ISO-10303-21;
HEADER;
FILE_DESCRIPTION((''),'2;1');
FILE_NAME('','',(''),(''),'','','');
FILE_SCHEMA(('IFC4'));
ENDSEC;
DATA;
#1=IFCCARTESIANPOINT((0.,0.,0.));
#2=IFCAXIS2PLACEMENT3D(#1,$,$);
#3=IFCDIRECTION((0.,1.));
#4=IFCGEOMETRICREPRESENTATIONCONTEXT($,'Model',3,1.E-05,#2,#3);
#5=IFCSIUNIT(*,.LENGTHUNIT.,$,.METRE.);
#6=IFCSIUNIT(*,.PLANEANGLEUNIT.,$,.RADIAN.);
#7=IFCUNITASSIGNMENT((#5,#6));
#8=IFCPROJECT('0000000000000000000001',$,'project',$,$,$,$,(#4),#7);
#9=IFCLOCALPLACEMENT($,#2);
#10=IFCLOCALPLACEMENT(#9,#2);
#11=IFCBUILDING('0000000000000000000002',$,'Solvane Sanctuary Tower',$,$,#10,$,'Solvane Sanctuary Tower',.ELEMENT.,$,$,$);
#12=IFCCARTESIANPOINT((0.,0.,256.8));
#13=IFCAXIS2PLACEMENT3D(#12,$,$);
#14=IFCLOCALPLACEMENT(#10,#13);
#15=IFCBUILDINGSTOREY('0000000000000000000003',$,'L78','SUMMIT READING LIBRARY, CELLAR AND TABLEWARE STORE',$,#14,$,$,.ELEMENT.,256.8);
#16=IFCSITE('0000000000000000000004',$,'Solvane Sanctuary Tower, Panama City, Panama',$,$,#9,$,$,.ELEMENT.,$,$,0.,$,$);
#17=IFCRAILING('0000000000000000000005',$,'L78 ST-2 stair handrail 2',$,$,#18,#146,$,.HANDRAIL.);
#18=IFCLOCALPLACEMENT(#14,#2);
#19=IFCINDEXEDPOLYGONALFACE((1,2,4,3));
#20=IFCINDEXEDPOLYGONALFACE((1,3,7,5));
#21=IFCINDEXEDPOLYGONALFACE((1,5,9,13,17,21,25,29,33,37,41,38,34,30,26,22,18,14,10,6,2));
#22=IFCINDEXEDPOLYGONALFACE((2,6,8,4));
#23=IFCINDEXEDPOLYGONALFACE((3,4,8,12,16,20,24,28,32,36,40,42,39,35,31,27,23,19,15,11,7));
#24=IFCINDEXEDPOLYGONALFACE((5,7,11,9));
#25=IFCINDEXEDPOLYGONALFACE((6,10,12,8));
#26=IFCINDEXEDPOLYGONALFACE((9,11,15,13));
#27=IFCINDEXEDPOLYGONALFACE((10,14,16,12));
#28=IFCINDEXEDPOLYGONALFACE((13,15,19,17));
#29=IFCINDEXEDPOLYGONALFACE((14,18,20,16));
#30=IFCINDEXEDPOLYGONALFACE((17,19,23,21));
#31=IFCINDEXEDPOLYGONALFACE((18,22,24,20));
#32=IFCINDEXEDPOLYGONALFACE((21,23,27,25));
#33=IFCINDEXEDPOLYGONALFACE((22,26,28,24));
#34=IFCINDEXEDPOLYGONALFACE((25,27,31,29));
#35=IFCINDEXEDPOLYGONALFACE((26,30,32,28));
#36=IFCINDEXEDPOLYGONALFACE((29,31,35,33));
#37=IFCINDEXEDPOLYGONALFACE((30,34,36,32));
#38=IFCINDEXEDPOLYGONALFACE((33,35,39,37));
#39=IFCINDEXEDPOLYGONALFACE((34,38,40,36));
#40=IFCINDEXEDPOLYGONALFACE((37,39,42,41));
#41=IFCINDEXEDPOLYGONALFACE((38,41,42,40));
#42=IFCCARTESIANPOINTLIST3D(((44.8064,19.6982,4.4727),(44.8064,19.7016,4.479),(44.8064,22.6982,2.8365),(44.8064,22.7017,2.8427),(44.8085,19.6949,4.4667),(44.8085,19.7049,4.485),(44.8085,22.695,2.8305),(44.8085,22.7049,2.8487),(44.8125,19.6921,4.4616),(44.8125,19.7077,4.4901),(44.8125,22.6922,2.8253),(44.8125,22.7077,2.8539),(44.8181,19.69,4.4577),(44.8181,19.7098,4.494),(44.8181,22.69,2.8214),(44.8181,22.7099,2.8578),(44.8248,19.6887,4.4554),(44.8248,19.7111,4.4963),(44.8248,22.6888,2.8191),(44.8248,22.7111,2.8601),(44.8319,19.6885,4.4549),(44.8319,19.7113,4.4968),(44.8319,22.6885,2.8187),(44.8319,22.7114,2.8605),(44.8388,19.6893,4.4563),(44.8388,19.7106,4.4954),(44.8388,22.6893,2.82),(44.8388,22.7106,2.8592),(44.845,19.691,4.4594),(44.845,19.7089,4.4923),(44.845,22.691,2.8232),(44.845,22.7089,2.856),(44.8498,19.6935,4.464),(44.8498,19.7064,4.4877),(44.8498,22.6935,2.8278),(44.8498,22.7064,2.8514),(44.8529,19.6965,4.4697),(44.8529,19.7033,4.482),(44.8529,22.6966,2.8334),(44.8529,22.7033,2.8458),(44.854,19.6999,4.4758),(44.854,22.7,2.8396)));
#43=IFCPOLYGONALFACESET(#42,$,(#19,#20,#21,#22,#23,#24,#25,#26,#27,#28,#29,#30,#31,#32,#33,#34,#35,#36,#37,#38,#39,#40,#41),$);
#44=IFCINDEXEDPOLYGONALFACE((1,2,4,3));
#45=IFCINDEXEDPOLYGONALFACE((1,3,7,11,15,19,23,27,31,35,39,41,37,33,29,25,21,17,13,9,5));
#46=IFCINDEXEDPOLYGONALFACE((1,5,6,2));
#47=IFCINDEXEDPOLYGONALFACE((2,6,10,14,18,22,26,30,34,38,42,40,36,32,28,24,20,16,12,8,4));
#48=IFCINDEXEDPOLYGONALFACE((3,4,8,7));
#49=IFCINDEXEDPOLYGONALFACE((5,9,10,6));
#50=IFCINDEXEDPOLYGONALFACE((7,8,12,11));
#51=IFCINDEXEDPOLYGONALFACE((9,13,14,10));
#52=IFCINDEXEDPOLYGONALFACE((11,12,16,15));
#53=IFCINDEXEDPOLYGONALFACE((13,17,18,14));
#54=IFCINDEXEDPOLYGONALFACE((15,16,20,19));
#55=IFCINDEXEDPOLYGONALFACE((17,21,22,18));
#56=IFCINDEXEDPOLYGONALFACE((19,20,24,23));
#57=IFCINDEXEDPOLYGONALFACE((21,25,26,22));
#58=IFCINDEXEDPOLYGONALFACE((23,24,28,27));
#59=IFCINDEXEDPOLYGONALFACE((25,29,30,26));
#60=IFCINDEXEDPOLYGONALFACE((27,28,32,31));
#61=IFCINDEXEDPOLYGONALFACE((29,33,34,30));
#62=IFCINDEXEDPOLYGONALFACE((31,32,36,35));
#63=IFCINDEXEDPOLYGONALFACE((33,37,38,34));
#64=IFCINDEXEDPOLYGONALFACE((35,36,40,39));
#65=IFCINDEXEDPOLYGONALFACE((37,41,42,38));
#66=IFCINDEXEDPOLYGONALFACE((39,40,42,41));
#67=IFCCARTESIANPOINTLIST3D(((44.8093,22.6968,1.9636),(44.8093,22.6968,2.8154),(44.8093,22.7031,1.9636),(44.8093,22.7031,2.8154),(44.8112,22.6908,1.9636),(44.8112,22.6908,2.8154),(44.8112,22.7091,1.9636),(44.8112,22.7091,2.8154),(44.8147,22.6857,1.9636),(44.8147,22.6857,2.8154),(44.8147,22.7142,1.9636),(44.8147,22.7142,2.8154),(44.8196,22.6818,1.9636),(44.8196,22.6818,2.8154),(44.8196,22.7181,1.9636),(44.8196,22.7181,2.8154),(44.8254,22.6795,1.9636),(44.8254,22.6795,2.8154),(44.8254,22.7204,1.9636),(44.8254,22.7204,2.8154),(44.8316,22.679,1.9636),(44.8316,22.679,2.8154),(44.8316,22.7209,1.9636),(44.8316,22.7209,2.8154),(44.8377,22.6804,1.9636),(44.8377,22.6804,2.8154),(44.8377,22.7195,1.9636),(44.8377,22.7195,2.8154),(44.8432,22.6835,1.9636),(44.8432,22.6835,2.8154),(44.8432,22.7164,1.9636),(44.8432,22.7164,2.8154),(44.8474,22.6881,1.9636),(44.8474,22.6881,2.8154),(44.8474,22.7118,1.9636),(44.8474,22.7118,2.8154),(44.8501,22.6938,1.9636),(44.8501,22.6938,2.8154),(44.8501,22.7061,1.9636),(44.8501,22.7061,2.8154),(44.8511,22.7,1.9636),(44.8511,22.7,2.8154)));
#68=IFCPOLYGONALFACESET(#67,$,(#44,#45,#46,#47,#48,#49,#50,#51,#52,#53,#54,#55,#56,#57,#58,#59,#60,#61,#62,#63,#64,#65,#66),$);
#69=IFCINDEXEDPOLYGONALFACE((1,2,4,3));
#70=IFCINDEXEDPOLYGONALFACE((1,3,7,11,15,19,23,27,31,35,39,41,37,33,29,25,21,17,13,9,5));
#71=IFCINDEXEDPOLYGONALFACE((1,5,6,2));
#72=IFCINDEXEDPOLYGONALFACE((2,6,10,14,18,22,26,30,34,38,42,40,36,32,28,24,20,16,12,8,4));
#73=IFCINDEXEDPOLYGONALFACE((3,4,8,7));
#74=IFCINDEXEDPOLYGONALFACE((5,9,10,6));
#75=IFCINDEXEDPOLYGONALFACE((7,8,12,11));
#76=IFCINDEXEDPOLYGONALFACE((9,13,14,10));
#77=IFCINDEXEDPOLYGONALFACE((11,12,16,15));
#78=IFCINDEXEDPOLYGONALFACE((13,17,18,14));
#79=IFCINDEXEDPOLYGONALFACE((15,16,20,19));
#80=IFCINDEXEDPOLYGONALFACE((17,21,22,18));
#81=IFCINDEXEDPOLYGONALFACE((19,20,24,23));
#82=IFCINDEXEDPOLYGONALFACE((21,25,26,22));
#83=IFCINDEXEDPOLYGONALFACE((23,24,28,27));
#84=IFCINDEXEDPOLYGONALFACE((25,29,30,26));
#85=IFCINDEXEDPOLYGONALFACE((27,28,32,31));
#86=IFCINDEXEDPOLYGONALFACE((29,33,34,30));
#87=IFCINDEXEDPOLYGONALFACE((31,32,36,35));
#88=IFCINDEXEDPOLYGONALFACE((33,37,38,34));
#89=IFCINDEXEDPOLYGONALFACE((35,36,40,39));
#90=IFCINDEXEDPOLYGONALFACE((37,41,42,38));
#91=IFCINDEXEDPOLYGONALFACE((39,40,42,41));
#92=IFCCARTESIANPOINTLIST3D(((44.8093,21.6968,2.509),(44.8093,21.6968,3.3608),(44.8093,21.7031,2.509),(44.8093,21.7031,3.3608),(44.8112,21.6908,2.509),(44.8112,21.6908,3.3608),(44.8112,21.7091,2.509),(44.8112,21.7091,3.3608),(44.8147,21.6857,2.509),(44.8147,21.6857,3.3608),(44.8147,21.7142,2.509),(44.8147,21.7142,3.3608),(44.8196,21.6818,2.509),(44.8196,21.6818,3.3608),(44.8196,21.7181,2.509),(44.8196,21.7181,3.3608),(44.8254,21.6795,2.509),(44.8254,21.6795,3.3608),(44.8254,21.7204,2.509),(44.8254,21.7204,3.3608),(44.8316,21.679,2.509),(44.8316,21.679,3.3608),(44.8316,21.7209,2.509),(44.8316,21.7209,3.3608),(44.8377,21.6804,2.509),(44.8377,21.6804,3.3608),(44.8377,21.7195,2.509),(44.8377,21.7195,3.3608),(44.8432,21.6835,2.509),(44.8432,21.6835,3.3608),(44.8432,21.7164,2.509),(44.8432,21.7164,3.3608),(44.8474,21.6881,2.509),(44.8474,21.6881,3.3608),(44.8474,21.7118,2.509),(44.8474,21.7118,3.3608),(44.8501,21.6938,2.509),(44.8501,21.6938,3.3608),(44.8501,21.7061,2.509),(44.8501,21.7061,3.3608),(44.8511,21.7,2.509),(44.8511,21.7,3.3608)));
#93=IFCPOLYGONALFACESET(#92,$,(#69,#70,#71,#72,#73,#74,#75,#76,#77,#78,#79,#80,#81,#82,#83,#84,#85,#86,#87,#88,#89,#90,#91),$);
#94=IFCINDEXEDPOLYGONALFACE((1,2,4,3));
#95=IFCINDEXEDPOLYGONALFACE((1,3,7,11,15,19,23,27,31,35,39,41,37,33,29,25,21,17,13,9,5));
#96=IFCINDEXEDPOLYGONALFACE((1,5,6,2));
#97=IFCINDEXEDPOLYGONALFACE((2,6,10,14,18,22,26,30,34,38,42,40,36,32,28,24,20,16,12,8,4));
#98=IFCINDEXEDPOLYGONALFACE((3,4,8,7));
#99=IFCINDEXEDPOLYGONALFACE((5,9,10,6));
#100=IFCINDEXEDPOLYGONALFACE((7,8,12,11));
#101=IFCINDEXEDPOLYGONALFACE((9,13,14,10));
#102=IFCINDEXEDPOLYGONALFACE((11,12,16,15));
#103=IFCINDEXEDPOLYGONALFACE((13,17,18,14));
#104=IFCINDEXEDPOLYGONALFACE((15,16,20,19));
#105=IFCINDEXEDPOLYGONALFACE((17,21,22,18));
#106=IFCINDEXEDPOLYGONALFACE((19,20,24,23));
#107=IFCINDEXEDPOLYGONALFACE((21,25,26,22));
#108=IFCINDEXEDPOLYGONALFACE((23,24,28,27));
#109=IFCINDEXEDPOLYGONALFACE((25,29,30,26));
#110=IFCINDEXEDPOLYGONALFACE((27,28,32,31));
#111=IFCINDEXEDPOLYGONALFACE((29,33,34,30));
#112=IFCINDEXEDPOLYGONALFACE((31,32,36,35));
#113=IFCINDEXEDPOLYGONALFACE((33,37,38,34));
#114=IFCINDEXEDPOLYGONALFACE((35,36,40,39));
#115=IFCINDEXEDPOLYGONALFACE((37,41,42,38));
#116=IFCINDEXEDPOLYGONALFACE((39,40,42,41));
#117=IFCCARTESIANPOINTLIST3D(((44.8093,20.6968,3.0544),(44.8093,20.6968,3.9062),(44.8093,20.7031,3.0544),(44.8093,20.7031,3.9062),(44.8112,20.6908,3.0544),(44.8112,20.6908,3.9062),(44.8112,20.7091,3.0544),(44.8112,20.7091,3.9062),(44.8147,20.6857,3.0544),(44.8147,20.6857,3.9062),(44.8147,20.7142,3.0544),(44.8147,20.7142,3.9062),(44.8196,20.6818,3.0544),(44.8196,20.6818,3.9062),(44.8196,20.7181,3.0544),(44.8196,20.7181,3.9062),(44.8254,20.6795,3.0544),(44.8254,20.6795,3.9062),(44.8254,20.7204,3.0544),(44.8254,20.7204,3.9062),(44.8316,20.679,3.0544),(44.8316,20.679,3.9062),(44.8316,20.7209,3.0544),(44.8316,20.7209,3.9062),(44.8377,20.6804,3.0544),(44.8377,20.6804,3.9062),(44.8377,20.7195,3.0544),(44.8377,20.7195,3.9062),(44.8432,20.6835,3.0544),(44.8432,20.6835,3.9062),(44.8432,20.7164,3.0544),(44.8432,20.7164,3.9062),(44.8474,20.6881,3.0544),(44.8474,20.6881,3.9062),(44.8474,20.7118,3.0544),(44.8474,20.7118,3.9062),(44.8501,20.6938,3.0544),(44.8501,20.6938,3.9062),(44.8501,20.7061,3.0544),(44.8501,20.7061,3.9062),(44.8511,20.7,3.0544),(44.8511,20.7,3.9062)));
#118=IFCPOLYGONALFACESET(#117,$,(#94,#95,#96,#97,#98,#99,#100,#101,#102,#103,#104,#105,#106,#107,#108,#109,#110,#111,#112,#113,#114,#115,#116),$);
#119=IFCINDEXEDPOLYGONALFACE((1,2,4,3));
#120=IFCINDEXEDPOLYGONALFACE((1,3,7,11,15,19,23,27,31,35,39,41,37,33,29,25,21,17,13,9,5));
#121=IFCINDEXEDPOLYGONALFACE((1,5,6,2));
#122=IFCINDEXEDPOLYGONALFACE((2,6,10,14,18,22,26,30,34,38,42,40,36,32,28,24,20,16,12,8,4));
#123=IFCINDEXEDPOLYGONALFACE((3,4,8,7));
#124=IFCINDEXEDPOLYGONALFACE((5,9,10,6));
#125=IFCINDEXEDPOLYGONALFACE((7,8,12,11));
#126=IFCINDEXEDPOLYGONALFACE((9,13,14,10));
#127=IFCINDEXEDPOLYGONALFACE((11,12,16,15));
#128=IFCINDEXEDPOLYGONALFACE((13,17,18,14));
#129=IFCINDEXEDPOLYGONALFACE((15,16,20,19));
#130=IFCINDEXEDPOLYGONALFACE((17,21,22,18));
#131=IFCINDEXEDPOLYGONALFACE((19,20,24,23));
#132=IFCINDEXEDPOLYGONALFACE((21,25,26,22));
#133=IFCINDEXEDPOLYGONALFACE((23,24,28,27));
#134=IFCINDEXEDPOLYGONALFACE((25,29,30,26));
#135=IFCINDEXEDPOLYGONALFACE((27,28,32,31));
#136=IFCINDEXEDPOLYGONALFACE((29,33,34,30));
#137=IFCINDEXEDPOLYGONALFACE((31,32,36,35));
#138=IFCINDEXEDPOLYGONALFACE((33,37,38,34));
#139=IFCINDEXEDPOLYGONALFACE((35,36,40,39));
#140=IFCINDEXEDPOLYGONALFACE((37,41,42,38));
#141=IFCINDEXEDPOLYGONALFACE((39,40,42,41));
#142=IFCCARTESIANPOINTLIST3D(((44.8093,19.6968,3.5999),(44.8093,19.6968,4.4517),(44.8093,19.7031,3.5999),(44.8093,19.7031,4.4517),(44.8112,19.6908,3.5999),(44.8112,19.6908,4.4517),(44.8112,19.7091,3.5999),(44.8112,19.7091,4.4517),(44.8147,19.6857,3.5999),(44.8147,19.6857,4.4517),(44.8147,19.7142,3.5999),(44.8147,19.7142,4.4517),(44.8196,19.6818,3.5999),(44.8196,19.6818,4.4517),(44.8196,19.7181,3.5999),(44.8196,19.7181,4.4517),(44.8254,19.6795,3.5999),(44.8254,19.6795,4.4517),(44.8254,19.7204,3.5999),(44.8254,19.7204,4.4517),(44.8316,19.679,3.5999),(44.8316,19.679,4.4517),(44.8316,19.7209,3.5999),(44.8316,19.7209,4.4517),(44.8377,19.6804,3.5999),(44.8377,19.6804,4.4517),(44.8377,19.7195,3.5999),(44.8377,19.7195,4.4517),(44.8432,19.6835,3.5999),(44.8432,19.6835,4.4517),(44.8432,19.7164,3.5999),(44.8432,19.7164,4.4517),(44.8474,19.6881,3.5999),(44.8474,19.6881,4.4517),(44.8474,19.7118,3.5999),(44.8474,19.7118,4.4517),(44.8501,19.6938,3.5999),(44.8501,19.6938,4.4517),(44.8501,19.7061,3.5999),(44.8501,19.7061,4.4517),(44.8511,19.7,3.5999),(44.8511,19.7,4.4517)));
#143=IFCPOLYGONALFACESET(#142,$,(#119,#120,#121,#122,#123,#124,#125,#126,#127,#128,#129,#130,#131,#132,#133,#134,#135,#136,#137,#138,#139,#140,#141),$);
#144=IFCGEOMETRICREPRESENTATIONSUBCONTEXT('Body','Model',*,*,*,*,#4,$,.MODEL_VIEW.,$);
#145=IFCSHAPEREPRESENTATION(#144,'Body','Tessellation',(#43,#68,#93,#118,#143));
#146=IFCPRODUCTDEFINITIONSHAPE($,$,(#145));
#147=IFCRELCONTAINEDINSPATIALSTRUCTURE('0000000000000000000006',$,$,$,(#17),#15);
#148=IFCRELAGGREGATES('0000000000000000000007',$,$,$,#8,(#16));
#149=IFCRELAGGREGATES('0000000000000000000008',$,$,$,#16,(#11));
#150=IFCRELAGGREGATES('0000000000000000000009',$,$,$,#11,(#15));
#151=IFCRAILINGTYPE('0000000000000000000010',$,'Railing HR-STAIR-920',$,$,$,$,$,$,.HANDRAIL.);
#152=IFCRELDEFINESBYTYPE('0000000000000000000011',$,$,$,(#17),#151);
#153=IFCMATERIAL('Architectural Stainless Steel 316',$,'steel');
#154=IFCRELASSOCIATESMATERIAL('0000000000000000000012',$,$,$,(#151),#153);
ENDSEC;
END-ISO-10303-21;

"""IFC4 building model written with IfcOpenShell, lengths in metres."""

from ifc_helpers import new_model, si_unit, direction, frame, origin, origin_2d, place, context, subcontext, project, spatial, circle, extrude, material, type_object, element, save


model = new_model("IFC4")

# Units and contexts
model_context = context("Model", 3, precision=1e-05, world=origin(), true_north=direction((0.0, 1.0)))
body_context = subcontext(model_context, "Body", "Model", "MODEL_VIEW")
ifc_project = project(units=[si_unit("LENGTHUNIT", "METRE"), si_unit("PLANEANGLEUNIT", "RADIAN")], contexts=[model_context])

# Site, building, storey
site_placement = place(None, origin())
site = spatial("IfcSite", under=ifc_project, at=site_placement, Name="Solvane Sanctuary Tower, Panama City, Panama", CompositionType="ELEMENT", RefElevation=0.0)
building_placement = place(site_placement, origin())
building = spatial("IfcBuilding", under=site, at=building_placement, Name="Solvane Sanctuary Tower", LongName="Solvane Sanctuary Tower", CompositionType="ELEMENT")
storey_placement = place(building_placement, frame((0.0, 0.0, 256.8)))
storey = spatial("IfcBuildingStorey", under=building, at=storey_placement, Name="L78", Description="SUMMIT READING LIBRARY, CELLAR AND TABLEWARE STORE", CompositionType="ELEMENT", Elevation=256.8)

# Shared definitions
ifc_material_1 = material(Name="Architectural Stainless Steel 316", Category="steel")

# Railing
railing_type_1 = type_object("IfcRailingType", Name="Railing HR-STAIR-920", PredefinedType="HANDRAIL", material=ifc_material_1)
railing_1_placement = place(storey_placement, frame((44.8301, 22.7, 1.9636)))
element("IfcRailing", 1, at=railing_1_placement, inside=storey, type_object=railing_type_1, Name="L78 ST-2 stair handrail 2", PredefinedType="HANDRAIL", context=body_context, shape_type="SweptSolid", body=[
    extrude(circle(Radius=0.0239, at=origin_2d()), frame((0.0, 0.0, 0.876), z_axis=(0.0, -0.877912, 0.478822), x_axis=(1.0, 0.0, 0.0)), (0.0, 0.0, 1.0), 3.4172),
    extrude(circle(Radius=0.021, at=origin_2d()), origin(), (0.0, 0.0, 1.0), 0.8518),
    extrude(circle(Radius=0.021, at=origin_2d()), frame((0.0, -1.0, 0.5454)), (0.0, 0.0, 1.0), 0.8518),
    extrude(circle(Radius=0.021, at=origin_2d()), frame((0.0, -2.0, 1.0908)), (0.0, 0.0, 1.0), 0.8518),
    extrude(circle(Radius=0.021, at=origin_2d()), frame((0.0, -3.0, 1.6362)), (0.0, 0.0, 1.0), 0.8518),
])

save(model, "model.ifc")
